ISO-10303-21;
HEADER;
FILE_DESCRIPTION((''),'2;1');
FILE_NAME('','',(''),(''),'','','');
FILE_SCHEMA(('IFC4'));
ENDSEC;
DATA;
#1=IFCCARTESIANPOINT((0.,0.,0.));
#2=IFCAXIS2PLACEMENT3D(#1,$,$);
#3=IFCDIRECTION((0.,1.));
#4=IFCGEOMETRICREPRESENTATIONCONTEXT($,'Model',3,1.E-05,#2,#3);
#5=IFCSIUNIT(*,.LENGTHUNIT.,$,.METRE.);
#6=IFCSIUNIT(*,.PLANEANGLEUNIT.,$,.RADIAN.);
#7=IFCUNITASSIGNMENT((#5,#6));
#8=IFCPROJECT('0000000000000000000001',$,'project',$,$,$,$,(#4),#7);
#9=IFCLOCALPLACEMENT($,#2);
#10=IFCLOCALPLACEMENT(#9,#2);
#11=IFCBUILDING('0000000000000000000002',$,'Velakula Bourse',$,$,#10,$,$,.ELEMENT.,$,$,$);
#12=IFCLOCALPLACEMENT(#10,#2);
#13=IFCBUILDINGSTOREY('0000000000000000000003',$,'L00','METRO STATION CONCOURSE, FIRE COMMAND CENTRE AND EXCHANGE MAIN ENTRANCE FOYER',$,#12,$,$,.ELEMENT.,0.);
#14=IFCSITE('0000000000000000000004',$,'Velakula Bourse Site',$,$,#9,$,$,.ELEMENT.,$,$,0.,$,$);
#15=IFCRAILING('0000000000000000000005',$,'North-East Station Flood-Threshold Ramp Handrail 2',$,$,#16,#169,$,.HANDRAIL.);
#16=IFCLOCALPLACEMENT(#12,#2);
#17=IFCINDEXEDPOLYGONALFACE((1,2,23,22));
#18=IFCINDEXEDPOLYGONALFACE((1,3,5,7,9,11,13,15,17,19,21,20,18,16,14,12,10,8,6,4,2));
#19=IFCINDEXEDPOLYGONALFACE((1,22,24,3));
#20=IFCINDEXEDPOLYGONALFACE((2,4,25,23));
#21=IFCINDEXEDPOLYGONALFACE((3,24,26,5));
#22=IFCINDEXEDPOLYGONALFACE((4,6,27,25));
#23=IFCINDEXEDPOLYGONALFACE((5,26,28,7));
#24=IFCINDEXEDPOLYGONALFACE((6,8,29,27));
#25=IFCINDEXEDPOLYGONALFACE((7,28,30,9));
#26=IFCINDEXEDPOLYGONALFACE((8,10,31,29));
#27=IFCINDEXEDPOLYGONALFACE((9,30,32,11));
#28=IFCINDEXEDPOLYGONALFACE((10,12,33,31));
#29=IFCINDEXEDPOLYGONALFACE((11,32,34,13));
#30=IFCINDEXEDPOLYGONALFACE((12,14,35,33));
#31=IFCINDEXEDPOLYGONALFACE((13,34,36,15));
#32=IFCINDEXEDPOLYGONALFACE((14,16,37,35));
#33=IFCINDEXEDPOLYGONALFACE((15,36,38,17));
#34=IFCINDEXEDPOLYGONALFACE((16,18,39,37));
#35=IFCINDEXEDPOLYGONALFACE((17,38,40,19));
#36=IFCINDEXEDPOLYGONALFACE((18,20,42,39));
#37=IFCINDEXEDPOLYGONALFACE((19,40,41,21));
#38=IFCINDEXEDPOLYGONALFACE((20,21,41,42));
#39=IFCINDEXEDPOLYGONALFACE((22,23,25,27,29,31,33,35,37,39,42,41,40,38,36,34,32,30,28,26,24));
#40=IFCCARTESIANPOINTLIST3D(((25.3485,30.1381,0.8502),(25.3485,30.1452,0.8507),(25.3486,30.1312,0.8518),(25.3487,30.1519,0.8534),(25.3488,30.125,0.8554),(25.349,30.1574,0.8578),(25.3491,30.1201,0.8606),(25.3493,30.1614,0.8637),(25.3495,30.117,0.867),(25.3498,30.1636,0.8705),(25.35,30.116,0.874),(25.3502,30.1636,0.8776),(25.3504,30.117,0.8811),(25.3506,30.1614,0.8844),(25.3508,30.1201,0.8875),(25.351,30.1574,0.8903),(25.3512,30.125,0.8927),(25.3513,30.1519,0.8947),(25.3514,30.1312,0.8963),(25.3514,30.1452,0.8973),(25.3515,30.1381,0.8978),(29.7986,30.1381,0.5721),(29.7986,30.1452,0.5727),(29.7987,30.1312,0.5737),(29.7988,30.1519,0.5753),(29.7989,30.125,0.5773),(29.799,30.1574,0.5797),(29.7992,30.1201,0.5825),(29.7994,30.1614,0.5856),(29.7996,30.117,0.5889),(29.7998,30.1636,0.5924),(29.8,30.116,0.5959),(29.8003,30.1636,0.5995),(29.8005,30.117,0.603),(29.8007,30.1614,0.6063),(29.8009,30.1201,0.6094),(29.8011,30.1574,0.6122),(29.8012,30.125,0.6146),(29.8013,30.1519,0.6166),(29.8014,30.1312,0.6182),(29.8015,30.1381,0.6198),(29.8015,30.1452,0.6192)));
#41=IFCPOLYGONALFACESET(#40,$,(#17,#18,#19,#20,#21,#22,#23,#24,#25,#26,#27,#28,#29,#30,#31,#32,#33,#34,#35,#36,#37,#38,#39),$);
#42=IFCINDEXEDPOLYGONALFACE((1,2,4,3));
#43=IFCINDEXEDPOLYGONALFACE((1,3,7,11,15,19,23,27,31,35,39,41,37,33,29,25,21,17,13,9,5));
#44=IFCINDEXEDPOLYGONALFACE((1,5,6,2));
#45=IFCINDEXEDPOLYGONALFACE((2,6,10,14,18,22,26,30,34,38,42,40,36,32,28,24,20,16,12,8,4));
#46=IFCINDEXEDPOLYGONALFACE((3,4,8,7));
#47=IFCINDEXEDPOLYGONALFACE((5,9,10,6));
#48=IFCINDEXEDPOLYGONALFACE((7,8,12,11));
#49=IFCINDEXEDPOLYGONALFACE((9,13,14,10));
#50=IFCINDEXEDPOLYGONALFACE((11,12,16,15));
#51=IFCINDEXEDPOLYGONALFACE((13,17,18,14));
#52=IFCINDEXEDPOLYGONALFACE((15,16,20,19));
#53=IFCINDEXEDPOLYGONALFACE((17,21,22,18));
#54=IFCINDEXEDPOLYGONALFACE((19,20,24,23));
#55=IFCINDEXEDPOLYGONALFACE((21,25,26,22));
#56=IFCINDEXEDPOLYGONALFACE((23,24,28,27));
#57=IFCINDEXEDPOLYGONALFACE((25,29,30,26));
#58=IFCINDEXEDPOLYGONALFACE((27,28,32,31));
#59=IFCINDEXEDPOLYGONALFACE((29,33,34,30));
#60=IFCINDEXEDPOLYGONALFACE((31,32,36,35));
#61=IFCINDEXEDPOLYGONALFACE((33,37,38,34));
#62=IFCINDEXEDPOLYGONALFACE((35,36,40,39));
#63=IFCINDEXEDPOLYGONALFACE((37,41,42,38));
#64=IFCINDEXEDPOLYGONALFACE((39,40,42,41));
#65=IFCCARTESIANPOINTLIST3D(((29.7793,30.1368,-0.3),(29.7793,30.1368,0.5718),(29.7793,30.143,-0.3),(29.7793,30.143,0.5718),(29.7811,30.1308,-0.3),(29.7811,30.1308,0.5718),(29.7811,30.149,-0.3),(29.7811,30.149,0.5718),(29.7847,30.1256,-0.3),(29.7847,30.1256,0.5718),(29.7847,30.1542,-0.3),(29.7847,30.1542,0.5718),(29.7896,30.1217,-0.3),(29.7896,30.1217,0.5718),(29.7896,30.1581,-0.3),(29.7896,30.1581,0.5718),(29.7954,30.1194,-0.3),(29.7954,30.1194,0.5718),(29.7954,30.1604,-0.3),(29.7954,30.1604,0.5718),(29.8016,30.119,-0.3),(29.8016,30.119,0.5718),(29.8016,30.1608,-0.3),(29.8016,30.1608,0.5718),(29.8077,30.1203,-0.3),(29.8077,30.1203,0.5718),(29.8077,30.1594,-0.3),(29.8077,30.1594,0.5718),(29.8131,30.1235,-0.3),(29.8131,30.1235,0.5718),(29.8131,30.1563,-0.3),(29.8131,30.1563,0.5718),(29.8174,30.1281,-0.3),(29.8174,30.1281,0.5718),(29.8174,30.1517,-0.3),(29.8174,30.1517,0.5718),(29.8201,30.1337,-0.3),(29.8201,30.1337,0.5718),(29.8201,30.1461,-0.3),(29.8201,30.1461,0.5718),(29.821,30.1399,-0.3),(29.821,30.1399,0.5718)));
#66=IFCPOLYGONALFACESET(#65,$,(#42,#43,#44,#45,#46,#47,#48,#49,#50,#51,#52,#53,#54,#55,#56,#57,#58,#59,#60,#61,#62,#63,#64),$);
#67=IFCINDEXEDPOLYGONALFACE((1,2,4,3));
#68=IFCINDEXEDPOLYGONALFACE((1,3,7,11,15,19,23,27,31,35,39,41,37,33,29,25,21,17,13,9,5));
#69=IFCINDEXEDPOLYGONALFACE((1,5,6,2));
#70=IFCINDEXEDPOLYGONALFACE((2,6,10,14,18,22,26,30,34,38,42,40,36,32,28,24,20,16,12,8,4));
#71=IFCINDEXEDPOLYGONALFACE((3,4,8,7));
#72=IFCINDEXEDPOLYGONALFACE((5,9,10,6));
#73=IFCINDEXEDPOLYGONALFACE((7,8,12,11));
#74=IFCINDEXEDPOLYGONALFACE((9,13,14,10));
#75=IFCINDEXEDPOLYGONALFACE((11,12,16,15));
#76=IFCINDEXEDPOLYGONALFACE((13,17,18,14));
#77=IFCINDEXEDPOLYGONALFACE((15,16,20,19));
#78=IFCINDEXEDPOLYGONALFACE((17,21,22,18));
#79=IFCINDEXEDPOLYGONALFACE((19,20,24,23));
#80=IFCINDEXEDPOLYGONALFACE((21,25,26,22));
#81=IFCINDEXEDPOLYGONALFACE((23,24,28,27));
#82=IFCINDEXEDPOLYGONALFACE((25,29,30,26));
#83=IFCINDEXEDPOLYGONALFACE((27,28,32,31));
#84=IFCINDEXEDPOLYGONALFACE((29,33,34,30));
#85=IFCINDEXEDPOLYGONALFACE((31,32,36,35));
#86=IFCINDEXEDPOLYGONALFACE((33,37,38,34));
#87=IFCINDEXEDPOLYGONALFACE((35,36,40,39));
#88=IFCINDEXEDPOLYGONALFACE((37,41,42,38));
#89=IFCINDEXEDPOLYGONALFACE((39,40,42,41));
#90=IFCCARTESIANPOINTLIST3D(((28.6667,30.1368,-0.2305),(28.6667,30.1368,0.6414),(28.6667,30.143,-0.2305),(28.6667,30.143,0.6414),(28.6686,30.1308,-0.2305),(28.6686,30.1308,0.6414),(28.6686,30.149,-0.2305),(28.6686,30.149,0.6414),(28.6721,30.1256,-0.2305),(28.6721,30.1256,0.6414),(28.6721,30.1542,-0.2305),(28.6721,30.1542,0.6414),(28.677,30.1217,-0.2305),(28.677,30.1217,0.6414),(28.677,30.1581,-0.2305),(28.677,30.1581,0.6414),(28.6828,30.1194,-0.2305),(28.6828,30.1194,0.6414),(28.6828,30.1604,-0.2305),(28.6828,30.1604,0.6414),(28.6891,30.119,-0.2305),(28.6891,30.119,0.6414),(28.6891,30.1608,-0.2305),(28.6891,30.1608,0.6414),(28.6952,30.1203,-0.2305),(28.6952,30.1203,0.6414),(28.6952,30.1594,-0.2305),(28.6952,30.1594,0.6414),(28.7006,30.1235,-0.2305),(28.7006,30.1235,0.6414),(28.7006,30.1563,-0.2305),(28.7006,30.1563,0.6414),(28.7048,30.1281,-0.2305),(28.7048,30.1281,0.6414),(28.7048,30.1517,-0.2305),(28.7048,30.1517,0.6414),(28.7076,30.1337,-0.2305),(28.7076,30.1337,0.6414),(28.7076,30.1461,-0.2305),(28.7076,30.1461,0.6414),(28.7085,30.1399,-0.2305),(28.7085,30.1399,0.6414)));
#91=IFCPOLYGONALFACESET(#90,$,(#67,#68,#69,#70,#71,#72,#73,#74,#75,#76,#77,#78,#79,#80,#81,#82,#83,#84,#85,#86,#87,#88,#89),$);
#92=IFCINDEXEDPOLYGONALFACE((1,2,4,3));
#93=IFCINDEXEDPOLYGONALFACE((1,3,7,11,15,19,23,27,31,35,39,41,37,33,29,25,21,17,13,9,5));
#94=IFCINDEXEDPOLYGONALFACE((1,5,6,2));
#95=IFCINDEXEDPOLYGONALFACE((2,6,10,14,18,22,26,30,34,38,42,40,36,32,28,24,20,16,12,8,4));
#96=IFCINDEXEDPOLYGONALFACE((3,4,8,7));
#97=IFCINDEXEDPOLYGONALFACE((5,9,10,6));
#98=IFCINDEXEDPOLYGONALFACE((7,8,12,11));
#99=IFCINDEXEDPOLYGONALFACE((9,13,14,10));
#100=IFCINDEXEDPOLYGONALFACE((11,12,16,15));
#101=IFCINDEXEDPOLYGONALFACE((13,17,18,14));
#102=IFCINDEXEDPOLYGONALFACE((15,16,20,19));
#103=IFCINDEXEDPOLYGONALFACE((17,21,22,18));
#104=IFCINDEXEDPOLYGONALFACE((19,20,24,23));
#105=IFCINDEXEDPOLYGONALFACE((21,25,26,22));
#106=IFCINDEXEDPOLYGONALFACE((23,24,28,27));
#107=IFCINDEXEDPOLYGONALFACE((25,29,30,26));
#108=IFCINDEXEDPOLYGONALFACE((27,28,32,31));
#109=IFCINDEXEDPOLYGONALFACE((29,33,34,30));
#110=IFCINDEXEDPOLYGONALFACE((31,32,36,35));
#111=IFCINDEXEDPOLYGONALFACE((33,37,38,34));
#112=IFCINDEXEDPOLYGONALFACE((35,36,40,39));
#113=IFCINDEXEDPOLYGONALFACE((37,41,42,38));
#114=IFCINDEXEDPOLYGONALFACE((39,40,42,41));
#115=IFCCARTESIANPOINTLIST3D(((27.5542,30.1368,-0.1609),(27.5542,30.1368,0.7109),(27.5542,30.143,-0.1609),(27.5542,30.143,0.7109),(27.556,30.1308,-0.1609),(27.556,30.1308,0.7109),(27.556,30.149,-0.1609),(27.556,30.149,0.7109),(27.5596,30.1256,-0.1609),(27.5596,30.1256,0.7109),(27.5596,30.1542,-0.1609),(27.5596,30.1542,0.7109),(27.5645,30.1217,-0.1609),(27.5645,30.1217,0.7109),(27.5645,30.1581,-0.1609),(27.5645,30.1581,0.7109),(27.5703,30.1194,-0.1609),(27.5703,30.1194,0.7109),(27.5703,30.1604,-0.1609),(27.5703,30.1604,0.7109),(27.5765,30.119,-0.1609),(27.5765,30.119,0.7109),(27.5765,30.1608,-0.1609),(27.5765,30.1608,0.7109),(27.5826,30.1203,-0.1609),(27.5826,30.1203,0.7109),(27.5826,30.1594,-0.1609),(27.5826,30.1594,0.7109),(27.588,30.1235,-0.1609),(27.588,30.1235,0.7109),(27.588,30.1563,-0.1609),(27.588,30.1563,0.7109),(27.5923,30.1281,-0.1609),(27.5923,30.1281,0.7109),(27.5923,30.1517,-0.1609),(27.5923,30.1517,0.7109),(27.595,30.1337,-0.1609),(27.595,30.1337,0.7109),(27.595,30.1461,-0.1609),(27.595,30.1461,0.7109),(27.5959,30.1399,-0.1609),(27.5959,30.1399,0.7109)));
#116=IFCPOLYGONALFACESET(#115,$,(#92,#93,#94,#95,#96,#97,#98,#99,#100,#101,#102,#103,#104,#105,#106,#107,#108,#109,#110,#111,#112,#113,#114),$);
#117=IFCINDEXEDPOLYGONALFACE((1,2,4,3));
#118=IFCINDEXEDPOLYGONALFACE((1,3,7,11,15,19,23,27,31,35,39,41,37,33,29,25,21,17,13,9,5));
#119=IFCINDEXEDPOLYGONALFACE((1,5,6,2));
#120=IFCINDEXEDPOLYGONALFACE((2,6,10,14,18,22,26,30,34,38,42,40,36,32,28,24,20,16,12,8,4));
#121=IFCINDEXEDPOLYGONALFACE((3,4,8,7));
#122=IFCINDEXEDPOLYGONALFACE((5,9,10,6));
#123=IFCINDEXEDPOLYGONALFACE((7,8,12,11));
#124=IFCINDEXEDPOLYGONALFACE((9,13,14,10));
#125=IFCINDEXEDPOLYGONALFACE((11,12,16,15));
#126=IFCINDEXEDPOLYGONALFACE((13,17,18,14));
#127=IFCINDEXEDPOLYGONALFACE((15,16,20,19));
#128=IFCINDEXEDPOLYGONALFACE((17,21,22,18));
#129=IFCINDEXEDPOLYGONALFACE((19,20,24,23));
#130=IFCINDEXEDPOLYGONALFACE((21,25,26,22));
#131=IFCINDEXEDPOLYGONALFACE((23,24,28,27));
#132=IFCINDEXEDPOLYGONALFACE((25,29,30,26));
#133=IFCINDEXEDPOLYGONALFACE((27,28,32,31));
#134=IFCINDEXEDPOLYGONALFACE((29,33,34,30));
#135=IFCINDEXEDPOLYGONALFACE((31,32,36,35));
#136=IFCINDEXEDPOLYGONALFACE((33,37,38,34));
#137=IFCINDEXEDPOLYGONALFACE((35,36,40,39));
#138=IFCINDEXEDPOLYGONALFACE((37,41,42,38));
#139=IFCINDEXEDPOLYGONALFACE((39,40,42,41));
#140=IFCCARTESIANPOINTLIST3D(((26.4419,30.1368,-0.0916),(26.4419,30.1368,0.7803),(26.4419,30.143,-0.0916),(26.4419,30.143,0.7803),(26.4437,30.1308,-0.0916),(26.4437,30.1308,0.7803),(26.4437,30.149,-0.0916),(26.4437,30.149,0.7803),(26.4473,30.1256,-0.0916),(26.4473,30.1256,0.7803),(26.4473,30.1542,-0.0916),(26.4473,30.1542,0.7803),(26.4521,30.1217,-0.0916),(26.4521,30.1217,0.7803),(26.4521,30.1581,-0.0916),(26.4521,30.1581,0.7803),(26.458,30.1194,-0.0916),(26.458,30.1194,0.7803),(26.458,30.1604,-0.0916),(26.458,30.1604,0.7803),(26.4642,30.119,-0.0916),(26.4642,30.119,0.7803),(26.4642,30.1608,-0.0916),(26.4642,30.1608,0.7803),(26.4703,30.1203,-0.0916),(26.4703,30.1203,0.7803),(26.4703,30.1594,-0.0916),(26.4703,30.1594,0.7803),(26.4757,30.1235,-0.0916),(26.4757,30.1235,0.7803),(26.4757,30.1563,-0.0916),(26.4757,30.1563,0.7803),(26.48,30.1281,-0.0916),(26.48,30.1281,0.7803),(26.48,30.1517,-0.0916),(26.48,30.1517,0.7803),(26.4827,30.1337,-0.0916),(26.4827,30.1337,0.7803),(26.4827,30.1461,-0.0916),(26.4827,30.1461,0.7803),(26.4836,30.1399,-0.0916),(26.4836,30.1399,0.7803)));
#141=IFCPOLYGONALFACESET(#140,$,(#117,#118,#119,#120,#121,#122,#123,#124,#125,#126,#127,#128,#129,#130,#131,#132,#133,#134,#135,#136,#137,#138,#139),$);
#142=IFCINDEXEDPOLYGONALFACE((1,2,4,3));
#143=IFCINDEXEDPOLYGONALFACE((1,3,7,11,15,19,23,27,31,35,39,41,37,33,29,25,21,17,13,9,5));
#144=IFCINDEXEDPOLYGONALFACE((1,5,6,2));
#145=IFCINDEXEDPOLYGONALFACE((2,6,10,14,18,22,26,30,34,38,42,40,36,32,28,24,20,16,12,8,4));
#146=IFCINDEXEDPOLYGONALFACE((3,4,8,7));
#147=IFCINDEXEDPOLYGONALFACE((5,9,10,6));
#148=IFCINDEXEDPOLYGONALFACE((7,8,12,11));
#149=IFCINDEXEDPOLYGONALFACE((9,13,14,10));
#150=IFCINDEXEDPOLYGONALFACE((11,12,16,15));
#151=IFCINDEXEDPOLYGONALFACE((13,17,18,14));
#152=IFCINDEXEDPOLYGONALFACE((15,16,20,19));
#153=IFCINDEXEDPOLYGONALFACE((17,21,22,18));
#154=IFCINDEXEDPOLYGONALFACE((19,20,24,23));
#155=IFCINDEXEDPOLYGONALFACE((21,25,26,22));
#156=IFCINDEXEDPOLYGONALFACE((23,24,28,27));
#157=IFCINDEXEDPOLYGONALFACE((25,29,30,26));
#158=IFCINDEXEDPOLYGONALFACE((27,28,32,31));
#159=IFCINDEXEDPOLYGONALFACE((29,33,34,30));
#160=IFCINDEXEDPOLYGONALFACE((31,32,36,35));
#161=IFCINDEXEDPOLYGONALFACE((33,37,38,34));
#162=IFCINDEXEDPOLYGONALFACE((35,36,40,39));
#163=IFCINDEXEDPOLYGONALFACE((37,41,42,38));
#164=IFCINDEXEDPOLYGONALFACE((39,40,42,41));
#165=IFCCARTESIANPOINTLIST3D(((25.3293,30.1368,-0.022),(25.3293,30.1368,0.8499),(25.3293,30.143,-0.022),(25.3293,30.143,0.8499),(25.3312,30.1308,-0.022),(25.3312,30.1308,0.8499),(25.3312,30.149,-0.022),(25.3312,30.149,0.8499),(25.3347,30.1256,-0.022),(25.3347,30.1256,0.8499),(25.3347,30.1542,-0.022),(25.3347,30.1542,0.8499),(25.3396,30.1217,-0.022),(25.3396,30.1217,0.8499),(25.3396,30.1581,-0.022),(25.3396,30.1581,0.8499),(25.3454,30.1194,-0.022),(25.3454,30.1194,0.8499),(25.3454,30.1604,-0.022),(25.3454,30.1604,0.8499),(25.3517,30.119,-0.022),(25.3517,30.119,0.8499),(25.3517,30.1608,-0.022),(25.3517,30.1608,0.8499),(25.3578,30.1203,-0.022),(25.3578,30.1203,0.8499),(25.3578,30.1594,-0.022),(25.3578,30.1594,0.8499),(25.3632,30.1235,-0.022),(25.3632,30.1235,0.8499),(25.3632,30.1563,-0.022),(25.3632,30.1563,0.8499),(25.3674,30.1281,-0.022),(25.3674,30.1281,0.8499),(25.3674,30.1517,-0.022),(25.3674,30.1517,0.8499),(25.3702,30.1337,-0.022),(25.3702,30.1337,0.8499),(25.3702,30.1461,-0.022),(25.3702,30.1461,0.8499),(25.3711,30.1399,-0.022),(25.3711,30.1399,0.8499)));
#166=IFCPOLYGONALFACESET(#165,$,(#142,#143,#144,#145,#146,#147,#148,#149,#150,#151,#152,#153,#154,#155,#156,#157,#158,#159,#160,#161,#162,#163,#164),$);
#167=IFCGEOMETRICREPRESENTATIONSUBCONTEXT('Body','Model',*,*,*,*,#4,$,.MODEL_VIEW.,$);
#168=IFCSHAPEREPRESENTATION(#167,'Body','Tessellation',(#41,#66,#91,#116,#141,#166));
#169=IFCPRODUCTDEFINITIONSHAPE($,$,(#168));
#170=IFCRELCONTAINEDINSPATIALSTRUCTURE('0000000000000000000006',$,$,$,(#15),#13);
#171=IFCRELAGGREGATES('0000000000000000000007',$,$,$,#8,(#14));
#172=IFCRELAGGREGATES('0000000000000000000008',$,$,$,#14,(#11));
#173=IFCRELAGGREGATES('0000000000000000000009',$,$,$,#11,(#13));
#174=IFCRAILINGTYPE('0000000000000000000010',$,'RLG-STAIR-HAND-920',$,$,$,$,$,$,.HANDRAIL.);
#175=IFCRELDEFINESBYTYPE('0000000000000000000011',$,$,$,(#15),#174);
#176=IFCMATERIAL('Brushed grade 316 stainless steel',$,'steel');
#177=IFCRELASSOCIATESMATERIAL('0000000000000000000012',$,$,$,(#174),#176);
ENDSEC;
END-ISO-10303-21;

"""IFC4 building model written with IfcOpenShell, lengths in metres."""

from ifc_helpers import new_model, si_unit, direction, frame, origin, origin_2d, place, context, subcontext, project, spatial, circle, extrude, material, type_object, element, save


model = new_model("IFC4")

# Units and contexts
model_context = context("Model", 3, precision=1e-05, world=origin(), true_north=direction((0.0, 1.0)))
body_context = subcontext(model_context, "Body", "Model", "MODEL_VIEW")
ifc_project = project(units=[si_unit("LENGTHUNIT", "METRE"), si_unit("PLANEANGLEUNIT", "RADIAN")], contexts=[model_context])

# Site, building, storey
site_placement = place(None, origin())
site = spatial("IfcSite", under=ifc_project, at=site_placement, Name="Velakula Bourse Site", CompositionType="ELEMENT", RefElevation=0.0)
building_placement = place(site_placement, origin())
building = spatial("IfcBuilding", under=site, at=building_placement, Name="Velakula Bourse", CompositionType="ELEMENT")
storey_placement = place(building_placement, origin())
storey = spatial("IfcBuildingStorey", under=building, at=storey_placement, Name="L00", Description="METRO STATION CONCOURSE, FIRE COMMAND CENTRE AND EXCHANGE MAIN ENTRANCE FOYER", CompositionType="ELEMENT", Elevation=0.0)

# Railing
ifc_material_1 = material(Name="Brushed grade 316 stainless steel", Category="steel")
railing_type = type_object("IfcRailingType", Name="RLG-STAIR-HAND-920", PredefinedType="HANDRAIL", material=ifc_material_1)
for number, where, name in (
    (1, (29.8, 30.1399, -0.3), "North-East Station Flood-Threshold Ramp Handrail 2"),
):
    element("IfcRailing", number, at=place(storey_placement, frame(where)), inside=storey, type_object=railing_type, Name=name, PredefinedType="HANDRAIL", context=body_context, shape_type="SweptSolid", body=[
        extrude(circle(Radius=0.0239, at=origin_2d()), frame((0.0, 0.0, 0.896), z_axis=(-0.998053, 0.0, 0.062368), x_axis=(0.0, -1.0, 0.0)), (0.0, 0.0, 1.0), 4.4587),
        extrude(circle(Radius=0.021, at=origin_2d()), origin(), (0.0, 0.0, 1.0), 0.8718),
        extrude(circle(Radius=0.021, at=origin_2d()), frame((-1.1125, 0.0, 0.0696)), (0.0, 0.0, 1.0), 0.8718),
        extrude(circle(Radius=0.021, at=origin_2d()), frame((-2.2251, 0.0, 0.1392)), (0.0, 0.0, 1.0), 0.8718),
        extrude(circle(Radius=0.021, at=origin_2d()), frame((-3.3374, 0.0, 0.2085)), (0.0, 0.0, 1.0), 0.8718),
        extrude(circle(Radius=0.021, at=origin_2d()), frame((-4.45, 0.0, 0.2781)), (0.0, 0.0, 1.0), 0.8718),
    ])

save(model, "model.ifc")
